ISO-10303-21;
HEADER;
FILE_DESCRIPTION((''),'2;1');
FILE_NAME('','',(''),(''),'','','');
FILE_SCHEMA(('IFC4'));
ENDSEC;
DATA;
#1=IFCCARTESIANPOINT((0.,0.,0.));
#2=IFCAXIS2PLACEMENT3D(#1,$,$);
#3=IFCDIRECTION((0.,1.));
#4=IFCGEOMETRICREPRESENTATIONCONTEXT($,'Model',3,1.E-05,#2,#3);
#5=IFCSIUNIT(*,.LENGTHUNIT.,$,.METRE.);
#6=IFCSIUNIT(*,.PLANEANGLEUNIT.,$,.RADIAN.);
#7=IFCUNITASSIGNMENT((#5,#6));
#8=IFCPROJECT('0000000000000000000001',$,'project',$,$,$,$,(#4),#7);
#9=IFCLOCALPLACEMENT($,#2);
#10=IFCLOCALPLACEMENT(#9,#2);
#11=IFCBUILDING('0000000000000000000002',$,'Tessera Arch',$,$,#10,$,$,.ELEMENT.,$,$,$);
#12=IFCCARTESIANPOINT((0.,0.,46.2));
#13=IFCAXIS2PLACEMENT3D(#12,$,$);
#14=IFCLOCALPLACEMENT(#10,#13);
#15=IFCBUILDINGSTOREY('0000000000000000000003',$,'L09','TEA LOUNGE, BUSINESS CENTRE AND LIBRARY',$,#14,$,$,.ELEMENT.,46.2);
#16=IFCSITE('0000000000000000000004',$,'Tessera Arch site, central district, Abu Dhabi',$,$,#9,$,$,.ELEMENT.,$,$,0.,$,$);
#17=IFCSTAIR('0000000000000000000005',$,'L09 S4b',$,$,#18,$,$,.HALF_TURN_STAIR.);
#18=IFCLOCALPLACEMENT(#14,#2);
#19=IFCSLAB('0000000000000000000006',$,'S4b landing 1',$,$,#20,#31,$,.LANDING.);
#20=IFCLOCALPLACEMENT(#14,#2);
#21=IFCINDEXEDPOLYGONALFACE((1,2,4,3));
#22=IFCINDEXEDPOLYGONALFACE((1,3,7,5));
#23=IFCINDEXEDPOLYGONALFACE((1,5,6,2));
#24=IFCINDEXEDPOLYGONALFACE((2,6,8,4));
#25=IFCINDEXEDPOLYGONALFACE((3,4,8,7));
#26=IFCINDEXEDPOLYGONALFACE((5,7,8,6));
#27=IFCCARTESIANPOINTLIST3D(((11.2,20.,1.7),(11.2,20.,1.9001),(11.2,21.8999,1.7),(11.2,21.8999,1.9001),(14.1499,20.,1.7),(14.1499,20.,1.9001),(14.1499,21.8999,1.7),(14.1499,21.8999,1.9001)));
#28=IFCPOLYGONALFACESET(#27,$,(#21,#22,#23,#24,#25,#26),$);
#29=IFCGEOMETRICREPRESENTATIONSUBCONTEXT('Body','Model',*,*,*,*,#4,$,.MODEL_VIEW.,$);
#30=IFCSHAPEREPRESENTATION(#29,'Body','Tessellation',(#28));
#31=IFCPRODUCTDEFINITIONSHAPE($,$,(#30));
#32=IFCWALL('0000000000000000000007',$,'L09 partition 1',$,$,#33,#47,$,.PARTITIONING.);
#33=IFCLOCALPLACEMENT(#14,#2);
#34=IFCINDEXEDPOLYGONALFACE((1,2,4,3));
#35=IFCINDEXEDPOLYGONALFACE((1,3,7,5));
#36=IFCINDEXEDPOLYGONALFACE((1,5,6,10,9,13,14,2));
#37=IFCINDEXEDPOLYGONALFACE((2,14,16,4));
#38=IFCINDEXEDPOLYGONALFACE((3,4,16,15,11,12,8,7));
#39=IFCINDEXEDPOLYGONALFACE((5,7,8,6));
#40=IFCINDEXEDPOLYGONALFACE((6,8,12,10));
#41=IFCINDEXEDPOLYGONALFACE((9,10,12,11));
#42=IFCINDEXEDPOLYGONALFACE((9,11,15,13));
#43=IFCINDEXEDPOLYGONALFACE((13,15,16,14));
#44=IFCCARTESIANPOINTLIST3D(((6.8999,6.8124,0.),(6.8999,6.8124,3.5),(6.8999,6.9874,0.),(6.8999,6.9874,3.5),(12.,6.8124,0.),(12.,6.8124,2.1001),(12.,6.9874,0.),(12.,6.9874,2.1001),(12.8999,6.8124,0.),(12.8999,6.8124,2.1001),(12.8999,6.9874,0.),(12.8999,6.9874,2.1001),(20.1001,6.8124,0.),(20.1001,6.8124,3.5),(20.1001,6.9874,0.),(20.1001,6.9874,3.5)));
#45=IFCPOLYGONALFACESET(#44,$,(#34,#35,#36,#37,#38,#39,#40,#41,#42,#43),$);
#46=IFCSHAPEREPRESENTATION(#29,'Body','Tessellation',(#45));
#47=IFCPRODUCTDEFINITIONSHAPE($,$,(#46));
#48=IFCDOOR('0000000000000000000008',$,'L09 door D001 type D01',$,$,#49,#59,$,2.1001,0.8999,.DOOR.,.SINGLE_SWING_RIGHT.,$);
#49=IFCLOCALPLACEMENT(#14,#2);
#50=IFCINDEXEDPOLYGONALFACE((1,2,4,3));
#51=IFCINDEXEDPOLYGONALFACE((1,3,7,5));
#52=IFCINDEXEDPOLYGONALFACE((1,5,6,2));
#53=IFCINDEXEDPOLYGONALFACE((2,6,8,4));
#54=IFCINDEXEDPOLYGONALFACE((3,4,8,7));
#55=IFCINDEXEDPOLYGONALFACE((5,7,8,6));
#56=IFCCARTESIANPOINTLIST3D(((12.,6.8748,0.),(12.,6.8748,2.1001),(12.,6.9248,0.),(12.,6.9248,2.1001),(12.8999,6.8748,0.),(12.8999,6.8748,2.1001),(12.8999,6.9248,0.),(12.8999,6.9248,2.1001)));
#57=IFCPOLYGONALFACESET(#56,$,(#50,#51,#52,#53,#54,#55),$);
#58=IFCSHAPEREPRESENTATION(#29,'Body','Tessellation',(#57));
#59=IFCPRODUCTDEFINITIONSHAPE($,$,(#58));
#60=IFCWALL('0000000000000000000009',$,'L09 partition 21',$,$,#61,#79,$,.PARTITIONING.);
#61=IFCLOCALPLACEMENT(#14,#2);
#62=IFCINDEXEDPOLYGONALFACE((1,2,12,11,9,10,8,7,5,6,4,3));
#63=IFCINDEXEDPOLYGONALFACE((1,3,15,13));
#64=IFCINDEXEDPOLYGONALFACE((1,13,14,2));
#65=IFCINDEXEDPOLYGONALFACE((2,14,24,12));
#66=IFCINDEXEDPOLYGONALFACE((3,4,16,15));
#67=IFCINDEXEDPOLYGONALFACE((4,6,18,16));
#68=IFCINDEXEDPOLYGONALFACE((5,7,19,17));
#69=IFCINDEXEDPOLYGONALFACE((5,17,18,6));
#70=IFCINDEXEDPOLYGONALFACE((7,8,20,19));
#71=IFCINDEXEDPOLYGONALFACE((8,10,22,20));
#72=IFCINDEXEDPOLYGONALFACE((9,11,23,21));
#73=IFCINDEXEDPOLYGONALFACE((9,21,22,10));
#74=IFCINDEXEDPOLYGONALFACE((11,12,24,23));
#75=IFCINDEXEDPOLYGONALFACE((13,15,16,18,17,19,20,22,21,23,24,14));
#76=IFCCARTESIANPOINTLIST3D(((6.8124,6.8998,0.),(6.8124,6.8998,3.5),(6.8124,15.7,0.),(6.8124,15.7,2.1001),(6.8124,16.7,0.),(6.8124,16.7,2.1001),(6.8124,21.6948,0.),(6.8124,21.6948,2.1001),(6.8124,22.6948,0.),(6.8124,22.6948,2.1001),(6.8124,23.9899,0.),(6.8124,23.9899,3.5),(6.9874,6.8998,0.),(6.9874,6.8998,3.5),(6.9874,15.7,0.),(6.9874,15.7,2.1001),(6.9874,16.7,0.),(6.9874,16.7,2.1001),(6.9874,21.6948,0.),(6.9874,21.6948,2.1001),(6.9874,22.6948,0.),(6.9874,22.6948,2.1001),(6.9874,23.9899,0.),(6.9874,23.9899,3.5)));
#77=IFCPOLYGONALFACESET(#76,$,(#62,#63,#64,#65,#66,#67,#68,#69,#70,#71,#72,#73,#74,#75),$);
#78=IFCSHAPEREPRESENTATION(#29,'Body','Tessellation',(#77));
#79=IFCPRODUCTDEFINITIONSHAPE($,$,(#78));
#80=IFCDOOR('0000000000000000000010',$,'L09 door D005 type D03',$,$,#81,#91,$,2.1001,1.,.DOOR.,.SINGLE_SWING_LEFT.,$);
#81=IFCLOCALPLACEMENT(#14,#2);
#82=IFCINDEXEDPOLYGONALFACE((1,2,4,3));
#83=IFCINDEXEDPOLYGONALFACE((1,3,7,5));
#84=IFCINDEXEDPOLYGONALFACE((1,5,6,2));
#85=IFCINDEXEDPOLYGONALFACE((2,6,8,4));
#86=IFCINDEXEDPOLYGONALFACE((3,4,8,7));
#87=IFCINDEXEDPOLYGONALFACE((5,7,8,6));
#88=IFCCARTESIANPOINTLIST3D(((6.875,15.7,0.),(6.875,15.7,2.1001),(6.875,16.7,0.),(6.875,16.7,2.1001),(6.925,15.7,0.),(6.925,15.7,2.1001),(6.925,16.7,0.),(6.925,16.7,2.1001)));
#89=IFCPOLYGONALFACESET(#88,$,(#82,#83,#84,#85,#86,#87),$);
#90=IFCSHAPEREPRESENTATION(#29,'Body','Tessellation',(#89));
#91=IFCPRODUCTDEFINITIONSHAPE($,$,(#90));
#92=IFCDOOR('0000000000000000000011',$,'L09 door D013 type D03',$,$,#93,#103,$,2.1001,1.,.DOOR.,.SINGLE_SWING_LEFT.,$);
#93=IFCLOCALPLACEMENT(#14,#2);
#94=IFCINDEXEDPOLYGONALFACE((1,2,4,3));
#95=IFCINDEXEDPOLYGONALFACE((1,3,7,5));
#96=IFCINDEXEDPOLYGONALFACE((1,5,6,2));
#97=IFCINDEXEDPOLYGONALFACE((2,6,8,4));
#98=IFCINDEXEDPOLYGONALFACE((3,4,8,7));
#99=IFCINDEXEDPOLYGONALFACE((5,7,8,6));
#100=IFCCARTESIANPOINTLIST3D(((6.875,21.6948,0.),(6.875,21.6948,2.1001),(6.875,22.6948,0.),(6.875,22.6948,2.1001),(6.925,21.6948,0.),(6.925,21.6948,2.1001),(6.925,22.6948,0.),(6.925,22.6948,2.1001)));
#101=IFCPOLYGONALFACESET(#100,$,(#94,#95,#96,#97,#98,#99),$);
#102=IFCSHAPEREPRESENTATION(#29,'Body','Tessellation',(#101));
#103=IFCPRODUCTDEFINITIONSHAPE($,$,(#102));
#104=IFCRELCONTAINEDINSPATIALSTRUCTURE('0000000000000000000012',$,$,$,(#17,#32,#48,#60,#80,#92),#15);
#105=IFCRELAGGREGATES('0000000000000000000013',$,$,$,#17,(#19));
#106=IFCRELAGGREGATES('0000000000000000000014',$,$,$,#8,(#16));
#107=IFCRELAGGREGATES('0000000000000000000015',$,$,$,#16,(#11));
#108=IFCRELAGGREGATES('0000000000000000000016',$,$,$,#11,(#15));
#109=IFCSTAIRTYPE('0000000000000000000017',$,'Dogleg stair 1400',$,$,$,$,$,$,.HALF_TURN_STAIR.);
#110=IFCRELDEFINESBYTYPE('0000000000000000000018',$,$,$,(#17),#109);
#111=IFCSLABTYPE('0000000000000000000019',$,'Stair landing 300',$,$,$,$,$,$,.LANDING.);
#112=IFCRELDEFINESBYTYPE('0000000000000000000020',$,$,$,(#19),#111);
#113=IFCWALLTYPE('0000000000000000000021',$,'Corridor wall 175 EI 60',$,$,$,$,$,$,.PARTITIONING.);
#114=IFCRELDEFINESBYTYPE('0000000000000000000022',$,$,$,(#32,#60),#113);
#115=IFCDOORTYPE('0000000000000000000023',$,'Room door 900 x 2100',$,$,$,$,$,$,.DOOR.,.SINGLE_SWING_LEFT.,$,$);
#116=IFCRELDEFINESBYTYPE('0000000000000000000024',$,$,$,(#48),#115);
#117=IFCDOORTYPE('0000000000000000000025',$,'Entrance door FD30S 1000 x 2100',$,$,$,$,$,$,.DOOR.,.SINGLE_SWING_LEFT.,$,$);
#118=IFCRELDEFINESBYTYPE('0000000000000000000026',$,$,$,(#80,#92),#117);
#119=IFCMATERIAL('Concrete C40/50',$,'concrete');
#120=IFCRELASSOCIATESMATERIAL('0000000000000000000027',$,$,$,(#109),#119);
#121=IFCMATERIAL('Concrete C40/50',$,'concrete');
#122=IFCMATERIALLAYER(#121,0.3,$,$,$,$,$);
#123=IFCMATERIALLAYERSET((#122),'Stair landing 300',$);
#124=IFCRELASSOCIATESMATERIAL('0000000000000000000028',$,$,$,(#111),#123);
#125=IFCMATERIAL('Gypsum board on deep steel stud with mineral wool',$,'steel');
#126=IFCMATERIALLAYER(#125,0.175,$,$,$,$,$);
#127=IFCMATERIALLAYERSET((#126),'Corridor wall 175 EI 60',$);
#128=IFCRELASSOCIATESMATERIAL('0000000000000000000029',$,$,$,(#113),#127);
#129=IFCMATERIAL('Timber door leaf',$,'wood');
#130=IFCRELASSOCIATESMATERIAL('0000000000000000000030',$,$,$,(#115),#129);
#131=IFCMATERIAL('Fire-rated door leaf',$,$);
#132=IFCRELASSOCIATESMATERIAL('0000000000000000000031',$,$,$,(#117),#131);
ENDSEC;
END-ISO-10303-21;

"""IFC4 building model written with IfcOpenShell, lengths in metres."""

from ifc_helpers import new_model, si_unit, direction, frame, frame_2d, origin, place, context, subcontext, project, spatial, polyline, rectangle, outline, extrude, material, layer, layer_set, type_object, element, fill, aggregate, save


model = new_model("IFC4")

# Units and contexts
model_context = context("Model", 3, precision=1e-05, world=origin(), true_north=direction((0.0, 1.0)))
body_context = subcontext(model_context, "Body", "Model", "MODEL_VIEW")
ifc_project = project(units=[si_unit("LENGTHUNIT", "METRE"), si_unit("PLANEANGLEUNIT", "RADIAN")], contexts=[model_context])

# Site, building, storey
site_placement = place(None, origin())
site = spatial("IfcSite", under=ifc_project, at=site_placement, Name="Tessera Arch site, central district, Abu Dhabi", CompositionType="ELEMENT", RefElevation=0.0)
building_placement = place(site_placement, origin())
building = spatial("IfcBuilding", under=site, at=building_placement, Name="Tessera Arch", CompositionType="ELEMENT")
storey_placement = place(building_placement, frame((0.0, 0.0, 46.2)))
storey = spatial("IfcBuildingStorey", under=building, at=storey_placement, Name="L09", Description="TEA LOUNGE, BUSINESS CENTRE AND LIBRARY", CompositionType="ELEMENT", Elevation=46.2)

# Stair, slab
ifc_material_1 = material(Name="Concrete C40/50", Category="concrete")
stair_type = type_object("IfcStairType", Name="Dogleg stair 1400", PredefinedType="HALF_TURN_STAIR", material=ifc_material_1)
ifc_material_2 = material(Name="Concrete C40/50", Category="concrete")
ifc_layer_1 = layer(ifc_material_2, 0.3)
ifc_layer_set_1 = layer_set([ifc_layer_1], Name="Stair landing 300")
slab_type = type_object("IfcSlabType", Name="Stair landing 300", PredefinedType="LANDING", material=ifc_layer_set_1)
stair_1_placement = place(storey_placement, origin())
stair_1 = element("IfcStair", 1, at=stair_1_placement, inside=storey, type_object=stair_type, Name="L09 S4b", PredefinedType="HALF_TURN_STAIR")
slab_1_placement = place(storey_placement, frame((0.0, 0.0, 1.7)))
slab_1 = element("IfcSlab", 2, at=slab_1_placement, type_object=slab_type, Name="S4b landing 1", PredefinedType="LANDING", context=body_context, shape_type="SweptSolid", body=[
    extrude(outline(polyline([(14.1499, 20.0), (14.1499, 21.8999), (11.2, 21.8999), (11.2, 20.0), (14.1499, 20.0)])), origin(), (0.0, 0.0, 1.0), 0.2002),
])
aggregate(stair_1, [slab_1])

# Wall, opening, door
ifc_material_3 = material(Name="Gypsum board on deep steel stud with mineral wool", Category="steel")
ifc_layer_2 = layer(ifc_material_3, 0.175)
ifc_layer_set_2 = layer_set([ifc_layer_2], Name="Corridor wall 175 EI 60")
wall_type = type_object("IfcWallType", Name="Corridor wall 175 EI 60", PredefinedType="PARTITIONING", material=ifc_layer_set_2)
wall_1_placement = place(storey_placement, frame((6.8999, 6.8999, 0.0), z_axis=(0.0, 0.0, 1.0), x_axis=(1.0, 0.0, 0.0)))
wall_1 = element("IfcWall", 3, at=wall_1_placement, inside=storey, type_object=wall_type, Name="L09 partition 1", PredefinedType="PARTITIONING", context=body_context, shape_type="SweptSolid", body=[
    extrude(rectangle(XDim=13.2002, YDim=0.175, at=frame_2d((6.6001, 0.0))), origin(), (0.0, 0.0, 1.0), 3.5),
])
opening_1_placement = place(wall_1_placement, frame((5.1001, 0.0, 0.0)))
opening_1 = element("IfcOpeningElement", 4, at=opening_1_placement, cuts=wall_1, PredefinedType="OPENING", context=body_context, shape_type="SweptSolid", body=[
    extrude(rectangle(XDim=0.8999, YDim=2.1001, at=frame_2d((0.45, 1.05))), frame((0.0, 0.0974, 0.0), z_axis=(0.0, -1.0, 0.0), x_axis=(1.0, 0.0, 0.0)), (0.0, 0.0, 1.0), 0.1951),
])
ifc_material_4 = material(Name="Timber door leaf", Category="wood")
door_type_1 = type_object("IfcDoorType", Name="Room door 900 x 2100", OperationType="SINGLE_SWING_LEFT", PredefinedType="DOOR", material=ifc_material_4)
door_1_placement = place(opening_1_placement, origin())
door_1 = element("IfcDoor", 5, at=door_1_placement, inside=storey, type_object=door_type_1, Name="L09 door D001 type D01", OperationType="SINGLE_SWING_RIGHT", OverallHeight=2.1001, OverallWidth=0.8999, PredefinedType="DOOR", context=body_context, shape_type="SweptSolid", body=[
    extrude(rectangle(XDim=0.8999, YDim=2.1001, at=frame_2d((0.45, 1.05))), frame((0.0, 0.0249, 0.0), z_axis=(0.0, -1.0, 0.0), x_axis=(1.0, 0.0, 0.0)), (0.0, 0.0, 1.0), 0.05),
])
fill(opening_1, door_1)

# Wall, openings, doors
wall_2_placement = place(storey_placement, frame((6.8999, 6.8999, 0.0), z_axis=(0.0, 0.0, 1.0), x_axis=(0.0, 1.0, 0.0)))
wall_2 = element("IfcWall", 6, at=wall_2_placement, inside=storey, type_object=wall_type, Name="L09 partition 21", PredefinedType="PARTITIONING", context=body_context, shape_type="SweptSolid", body=[
    extrude(rectangle(XDim=17.0901, YDim=0.175, at=frame_2d((8.5449, 0.0))), origin(), (0.0, 0.0, 1.0), 3.5),
])
opening_2_placement = place(wall_2_placement, frame((8.8, 0.0, 0.0)))
opening_2 = element("IfcOpeningElement", 7, at=opening_2_placement, cuts=wall_2, PredefinedType="OPENING", context=body_context, shape_type="SweptSolid", body=[
    extrude(rectangle(XDim=1.0, YDim=2.1001, at=frame_2d((0.5, 1.05))), frame((0.0, 0.0974, 0.0), z_axis=(0.0, -1.0, 0.0), x_axis=(1.0, 0.0, 0.0)), (0.0, 0.0, 1.0), 0.1951),
])
opening_3_placement = place(wall_2_placement, frame((14.7949, 0.0, 0.0)))
opening_3 = element("IfcOpeningElement", 8, at=opening_3_placement, cuts=wall_2, PredefinedType="OPENING", context=body_context, shape_type="SweptSolid", body=[
    extrude(rectangle(XDim=1.0, YDim=2.1001, at=frame_2d((0.5, 1.05))), frame((0.0, 0.0974, 0.0), z_axis=(0.0, -1.0, 0.0), x_axis=(1.0, 0.0, 0.0)), (0.0, 0.0, 1.0), 0.1951),
])
ifc_material_5 = material(Name="Fire-rated door leaf")
door_type_2 = type_object("IfcDoorType", Name="Entrance door FD30S 1000 x 2100", OperationType="SINGLE_SWING_LEFT", PredefinedType="DOOR", material=ifc_material_5)
door_2_placement = place(opening_2_placement, origin())
door_2 = element("IfcDoor", 9, at=door_2_placement, inside=storey, type_object=door_type_2, Name="L09 door D005 type D03", OperationType="SINGLE_SWING_LEFT", OverallHeight=2.1001, OverallWidth=1.0, PredefinedType="DOOR", context=body_context, shape_type="SweptSolid", body=[
    extrude(rectangle(XDim=1.0, YDim=2.1001, at=frame_2d((0.5, 1.05))), frame((0.0, 0.0249, 0.0), z_axis=(0.0, -1.0, 0.0), x_axis=(1.0, 0.0, 0.0)), (0.0, 0.0, 1.0), 0.05),
])
fill(opening_2, door_2)
door_3_placement = place(opening_3_placement, origin())
door_3 = element("IfcDoor", 10, at=door_3_placement, inside=storey, type_object=door_type_2, Name="L09 door D013 type D03", OperationType="SINGLE_SWING_LEFT", OverallHeight=2.1001, OverallWidth=1.0, PredefinedType="DOOR", context=body_context, shape_type="SweptSolid", body=[
    extrude(rectangle(XDim=1.0, YDim=2.1001, at=frame_2d((0.5, 1.05))), frame((0.0, 0.0249, 0.0), z_axis=(0.0, -1.0, 0.0), x_axis=(1.0, 0.0, 0.0)), (0.0, 0.0, 1.0), 0.05),
])
fill(opening_3, door_3)

save(model, "model.ifc")
